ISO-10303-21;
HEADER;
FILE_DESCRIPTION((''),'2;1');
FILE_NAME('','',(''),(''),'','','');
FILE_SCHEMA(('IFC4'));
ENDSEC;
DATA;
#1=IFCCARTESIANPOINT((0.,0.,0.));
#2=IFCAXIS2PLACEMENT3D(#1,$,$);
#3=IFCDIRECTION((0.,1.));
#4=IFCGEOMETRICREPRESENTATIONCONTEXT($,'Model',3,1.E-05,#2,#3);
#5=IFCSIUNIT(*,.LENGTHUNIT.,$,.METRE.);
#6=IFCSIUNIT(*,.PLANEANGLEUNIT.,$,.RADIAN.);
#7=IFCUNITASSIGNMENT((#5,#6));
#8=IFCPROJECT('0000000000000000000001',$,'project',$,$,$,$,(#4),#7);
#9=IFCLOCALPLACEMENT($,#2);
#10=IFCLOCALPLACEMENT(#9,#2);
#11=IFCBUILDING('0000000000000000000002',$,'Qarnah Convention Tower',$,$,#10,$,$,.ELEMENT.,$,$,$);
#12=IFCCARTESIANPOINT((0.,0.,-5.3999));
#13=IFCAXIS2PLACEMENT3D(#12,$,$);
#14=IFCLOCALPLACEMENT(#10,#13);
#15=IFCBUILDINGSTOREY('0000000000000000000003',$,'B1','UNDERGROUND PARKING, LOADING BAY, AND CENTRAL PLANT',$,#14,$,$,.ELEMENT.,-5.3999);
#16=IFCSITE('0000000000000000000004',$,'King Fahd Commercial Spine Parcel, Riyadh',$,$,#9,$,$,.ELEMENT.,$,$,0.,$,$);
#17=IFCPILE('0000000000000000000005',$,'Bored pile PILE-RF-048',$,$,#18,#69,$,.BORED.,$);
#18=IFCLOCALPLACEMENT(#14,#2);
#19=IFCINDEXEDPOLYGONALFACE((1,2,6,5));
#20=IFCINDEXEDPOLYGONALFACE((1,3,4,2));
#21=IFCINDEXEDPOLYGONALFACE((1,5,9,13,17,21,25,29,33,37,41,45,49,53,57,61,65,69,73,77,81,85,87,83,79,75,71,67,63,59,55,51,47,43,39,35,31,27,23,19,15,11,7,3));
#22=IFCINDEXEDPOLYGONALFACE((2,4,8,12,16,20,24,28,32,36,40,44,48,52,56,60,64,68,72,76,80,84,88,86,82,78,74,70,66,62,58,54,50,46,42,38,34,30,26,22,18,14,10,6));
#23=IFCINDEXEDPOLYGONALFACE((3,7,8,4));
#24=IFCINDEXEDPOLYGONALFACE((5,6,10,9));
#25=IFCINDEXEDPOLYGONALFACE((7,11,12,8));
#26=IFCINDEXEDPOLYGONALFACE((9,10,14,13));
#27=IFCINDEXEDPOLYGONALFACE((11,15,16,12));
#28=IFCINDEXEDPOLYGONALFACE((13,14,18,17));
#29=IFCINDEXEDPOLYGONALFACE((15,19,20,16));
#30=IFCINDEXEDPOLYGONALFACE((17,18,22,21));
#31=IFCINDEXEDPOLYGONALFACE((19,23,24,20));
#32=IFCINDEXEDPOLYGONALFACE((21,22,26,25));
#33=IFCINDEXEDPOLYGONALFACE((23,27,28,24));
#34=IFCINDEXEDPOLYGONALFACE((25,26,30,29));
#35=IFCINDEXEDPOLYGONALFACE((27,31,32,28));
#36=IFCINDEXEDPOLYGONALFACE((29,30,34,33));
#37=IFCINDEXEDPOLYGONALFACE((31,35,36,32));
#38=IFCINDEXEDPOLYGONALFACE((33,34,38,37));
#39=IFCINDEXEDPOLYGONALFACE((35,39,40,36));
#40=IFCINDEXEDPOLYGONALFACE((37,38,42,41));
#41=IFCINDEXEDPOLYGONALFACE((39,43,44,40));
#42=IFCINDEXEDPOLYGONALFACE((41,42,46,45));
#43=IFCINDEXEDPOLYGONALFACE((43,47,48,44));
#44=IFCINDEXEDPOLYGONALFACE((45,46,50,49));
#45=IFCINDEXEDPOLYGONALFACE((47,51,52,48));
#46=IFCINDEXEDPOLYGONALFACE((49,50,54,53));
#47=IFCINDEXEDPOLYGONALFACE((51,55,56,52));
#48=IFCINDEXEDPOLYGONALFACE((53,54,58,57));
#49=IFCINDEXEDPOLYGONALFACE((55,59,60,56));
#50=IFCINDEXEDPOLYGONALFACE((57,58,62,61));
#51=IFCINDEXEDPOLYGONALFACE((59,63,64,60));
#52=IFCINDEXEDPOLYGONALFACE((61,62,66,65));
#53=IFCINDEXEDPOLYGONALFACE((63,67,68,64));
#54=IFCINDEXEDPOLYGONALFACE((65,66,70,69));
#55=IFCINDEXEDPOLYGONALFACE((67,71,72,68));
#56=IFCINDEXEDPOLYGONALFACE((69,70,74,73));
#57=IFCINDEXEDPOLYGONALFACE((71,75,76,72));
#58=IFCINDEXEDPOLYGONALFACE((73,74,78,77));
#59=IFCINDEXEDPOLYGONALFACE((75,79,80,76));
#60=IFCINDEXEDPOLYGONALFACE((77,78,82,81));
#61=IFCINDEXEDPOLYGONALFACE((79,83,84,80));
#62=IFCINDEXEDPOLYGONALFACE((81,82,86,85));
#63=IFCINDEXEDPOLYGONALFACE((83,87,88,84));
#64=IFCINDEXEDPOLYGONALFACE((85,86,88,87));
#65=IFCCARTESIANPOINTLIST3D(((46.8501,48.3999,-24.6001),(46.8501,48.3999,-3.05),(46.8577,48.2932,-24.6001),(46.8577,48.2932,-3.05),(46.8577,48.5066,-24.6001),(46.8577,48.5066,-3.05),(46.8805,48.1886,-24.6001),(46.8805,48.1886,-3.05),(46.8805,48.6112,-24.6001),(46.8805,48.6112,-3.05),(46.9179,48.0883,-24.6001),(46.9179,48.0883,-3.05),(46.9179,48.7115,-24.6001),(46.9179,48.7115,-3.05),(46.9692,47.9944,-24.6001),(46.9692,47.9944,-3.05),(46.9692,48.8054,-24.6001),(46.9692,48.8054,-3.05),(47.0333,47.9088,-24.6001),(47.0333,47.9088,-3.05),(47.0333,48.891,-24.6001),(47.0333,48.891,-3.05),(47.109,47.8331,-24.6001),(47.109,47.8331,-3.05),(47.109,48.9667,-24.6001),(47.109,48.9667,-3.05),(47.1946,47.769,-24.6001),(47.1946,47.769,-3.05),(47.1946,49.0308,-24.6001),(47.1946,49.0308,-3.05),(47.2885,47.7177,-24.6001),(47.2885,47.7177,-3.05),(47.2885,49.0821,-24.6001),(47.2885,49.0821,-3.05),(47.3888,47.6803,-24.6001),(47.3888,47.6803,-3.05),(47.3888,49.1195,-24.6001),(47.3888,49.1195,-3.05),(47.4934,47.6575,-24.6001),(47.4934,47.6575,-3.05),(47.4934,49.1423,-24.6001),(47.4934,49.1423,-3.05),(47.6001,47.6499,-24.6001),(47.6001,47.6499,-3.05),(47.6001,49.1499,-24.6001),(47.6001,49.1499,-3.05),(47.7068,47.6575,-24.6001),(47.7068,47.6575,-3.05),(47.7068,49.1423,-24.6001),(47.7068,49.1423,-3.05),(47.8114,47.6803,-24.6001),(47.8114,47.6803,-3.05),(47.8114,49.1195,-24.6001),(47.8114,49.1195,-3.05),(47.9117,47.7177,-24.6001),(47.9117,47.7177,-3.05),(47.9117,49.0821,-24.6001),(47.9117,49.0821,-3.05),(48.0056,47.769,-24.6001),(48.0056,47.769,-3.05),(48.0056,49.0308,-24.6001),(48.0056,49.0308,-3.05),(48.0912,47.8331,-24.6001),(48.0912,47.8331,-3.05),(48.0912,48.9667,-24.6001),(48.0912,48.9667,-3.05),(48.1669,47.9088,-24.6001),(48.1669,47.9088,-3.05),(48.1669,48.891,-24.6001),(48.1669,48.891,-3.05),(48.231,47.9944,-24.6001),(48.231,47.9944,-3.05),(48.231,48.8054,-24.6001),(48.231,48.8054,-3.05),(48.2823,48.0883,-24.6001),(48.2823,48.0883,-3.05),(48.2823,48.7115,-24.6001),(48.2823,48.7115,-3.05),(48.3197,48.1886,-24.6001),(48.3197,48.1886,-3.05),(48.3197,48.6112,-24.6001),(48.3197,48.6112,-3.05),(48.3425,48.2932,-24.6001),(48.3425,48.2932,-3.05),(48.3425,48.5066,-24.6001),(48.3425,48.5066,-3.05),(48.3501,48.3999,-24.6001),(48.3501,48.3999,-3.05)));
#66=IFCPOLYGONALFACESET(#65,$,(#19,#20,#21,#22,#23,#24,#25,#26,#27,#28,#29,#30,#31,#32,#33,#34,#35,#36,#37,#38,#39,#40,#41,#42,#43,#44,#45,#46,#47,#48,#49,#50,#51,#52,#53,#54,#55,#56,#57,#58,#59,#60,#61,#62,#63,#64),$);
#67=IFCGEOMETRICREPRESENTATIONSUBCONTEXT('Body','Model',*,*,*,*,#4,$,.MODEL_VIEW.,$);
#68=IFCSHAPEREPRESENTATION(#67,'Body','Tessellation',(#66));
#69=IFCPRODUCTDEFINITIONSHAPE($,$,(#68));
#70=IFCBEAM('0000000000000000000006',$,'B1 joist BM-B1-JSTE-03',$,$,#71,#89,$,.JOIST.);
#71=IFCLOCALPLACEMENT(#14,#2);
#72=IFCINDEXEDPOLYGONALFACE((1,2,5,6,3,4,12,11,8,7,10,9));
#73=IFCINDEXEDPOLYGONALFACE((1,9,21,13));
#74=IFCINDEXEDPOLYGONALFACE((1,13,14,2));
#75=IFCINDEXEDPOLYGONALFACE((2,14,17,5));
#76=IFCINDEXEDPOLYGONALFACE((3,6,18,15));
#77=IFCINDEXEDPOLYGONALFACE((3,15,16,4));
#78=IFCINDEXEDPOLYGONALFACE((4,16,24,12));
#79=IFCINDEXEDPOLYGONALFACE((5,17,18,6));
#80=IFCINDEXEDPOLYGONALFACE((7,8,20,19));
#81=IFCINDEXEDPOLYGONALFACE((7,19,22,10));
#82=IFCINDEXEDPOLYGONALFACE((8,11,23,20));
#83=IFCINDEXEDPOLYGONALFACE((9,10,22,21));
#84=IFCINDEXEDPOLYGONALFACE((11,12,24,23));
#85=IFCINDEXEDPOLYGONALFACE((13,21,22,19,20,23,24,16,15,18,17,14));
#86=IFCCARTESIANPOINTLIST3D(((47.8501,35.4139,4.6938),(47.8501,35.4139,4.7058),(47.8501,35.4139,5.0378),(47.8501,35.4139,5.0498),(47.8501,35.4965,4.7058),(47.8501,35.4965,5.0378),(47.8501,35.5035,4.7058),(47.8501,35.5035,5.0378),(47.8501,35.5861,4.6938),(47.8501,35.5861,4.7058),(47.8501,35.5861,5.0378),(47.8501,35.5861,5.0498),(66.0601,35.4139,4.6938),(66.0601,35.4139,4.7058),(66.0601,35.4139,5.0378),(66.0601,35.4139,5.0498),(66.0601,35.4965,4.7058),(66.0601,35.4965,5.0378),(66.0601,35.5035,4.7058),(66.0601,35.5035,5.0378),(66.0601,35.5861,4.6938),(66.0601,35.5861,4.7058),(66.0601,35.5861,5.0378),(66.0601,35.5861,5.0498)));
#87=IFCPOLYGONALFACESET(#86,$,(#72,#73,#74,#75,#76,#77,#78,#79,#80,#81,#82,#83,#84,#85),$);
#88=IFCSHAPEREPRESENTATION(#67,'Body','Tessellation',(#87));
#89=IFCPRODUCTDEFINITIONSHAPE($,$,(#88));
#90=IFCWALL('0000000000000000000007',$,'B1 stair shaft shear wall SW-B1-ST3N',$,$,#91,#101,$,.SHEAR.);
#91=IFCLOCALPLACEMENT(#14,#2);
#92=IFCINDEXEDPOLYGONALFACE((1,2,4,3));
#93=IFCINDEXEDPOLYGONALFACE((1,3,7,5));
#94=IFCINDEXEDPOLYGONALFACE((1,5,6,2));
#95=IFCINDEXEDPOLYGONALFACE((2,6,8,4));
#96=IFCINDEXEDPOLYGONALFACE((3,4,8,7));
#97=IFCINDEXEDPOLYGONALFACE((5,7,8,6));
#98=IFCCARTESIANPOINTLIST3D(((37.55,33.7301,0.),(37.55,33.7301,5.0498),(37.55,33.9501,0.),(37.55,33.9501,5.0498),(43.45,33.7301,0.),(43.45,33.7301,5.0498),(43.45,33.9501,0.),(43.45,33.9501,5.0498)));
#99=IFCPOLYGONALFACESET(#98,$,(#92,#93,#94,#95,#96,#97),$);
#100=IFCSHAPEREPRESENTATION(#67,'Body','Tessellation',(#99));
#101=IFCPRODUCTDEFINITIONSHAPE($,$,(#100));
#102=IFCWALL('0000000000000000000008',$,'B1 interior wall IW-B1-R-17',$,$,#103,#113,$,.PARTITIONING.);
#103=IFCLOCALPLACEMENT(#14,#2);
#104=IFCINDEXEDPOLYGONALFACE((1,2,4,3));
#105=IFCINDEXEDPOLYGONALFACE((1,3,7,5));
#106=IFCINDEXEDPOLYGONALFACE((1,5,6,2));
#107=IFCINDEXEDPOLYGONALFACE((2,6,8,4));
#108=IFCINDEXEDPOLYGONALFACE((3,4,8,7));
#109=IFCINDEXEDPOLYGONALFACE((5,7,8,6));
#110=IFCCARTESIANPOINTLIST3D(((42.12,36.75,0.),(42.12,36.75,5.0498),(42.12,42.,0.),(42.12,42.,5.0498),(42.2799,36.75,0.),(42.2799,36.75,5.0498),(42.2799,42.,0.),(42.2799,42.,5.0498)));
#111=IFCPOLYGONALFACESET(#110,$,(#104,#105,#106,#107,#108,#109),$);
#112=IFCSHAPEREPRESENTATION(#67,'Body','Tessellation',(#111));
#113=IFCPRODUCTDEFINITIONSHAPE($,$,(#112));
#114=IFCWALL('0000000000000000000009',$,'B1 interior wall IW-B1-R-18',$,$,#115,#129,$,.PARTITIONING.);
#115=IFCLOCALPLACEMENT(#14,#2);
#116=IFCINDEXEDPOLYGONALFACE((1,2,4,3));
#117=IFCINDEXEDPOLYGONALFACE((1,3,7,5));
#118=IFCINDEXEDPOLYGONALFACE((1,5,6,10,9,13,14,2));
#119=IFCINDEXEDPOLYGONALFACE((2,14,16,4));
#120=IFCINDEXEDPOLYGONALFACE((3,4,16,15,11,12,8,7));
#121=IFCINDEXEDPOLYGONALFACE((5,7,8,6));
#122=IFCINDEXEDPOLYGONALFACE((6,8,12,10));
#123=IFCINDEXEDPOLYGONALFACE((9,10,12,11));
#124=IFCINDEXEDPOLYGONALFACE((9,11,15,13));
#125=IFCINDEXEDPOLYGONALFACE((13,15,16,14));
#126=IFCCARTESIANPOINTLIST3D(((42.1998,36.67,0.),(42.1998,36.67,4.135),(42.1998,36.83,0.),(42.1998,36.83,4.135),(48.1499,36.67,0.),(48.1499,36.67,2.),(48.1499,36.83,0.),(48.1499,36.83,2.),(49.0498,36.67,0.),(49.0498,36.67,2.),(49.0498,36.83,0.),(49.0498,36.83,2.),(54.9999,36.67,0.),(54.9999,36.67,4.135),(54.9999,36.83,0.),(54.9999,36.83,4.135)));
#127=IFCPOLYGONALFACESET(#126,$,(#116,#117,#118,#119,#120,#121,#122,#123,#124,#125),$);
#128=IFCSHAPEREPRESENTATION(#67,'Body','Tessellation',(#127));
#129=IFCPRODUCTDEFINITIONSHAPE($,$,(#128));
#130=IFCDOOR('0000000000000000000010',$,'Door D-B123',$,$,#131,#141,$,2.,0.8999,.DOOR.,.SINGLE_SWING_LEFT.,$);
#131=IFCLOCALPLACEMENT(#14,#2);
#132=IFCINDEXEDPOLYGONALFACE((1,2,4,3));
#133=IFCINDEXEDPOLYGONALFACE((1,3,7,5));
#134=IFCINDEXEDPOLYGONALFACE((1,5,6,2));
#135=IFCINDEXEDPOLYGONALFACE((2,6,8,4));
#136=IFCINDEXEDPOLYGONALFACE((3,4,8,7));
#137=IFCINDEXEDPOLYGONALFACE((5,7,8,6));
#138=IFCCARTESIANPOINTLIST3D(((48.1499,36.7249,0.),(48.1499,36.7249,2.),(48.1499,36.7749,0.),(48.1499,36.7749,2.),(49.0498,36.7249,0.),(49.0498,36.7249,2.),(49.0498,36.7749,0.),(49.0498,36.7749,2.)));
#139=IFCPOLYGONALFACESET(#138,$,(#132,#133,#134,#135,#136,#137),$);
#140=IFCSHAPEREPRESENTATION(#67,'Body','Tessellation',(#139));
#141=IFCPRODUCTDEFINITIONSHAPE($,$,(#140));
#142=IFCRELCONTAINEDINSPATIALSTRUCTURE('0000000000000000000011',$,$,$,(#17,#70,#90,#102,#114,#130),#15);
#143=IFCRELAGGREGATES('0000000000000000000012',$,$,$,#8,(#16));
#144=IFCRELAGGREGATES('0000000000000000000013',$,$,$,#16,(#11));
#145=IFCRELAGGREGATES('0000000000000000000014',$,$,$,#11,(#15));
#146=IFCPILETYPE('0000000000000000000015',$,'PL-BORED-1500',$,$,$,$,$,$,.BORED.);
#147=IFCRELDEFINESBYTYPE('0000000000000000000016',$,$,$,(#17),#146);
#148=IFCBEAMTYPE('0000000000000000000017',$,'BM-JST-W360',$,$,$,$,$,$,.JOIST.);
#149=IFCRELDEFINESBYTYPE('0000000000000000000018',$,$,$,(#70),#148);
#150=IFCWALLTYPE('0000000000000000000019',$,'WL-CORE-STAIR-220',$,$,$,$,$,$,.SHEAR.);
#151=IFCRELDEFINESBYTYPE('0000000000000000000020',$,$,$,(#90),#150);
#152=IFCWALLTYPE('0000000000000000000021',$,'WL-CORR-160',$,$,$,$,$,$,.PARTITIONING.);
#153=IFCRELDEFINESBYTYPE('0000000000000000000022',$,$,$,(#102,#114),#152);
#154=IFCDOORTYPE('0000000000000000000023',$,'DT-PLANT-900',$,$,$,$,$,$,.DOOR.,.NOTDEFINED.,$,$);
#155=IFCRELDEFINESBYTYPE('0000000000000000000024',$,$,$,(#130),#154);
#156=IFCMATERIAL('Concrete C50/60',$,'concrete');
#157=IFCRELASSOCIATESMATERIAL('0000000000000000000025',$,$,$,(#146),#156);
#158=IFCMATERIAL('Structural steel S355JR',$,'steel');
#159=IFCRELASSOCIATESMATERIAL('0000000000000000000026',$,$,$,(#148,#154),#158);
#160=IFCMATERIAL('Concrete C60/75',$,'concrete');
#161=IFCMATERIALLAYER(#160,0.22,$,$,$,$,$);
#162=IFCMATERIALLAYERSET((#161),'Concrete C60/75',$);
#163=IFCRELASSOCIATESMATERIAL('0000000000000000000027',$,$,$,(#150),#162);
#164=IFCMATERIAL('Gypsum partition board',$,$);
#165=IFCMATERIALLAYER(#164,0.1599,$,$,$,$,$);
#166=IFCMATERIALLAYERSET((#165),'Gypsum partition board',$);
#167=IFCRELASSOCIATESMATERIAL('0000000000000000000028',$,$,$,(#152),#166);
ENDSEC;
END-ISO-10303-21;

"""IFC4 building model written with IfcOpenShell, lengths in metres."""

from ifc_helpers import new_model, si_unit, direction, frame, frame_2d, origin, origin_2d, place, context, subcontext, project, spatial, rectangle, circle, i_section, extrude, material, layer, layer_set, material_profile, profile_set, type_object, element, fill, save


model = new_model("IFC4")

# Units and contexts
model_context = context("Model", 3, precision=1e-05, world=origin(), true_north=direction((0.0, 1.0)))
body_context = subcontext(model_context, "Body", "Model", "MODEL_VIEW")
ifc_project = project(units=[si_unit("LENGTHUNIT", "METRE"), si_unit("PLANEANGLEUNIT", "RADIAN")], contexts=[model_context])

# Site, building, storey
site_placement = place(None, origin())
site = spatial("IfcSite", under=ifc_project, at=site_placement, Name="King Fahd Commercial Spine Parcel, Riyadh", CompositionType="ELEMENT", RefElevation=0.0)
building_placement = place(site_placement, origin())
building = spatial("IfcBuilding", under=site, at=building_placement, Name="Qarnah Convention Tower", CompositionType="ELEMENT")
storey_placement = place(building_placement, frame((0.0, 0.0, -5.3999)))
storey = spatial("IfcBuildingStorey", under=building, at=storey_placement, Name="B1", Description="UNDERGROUND PARKING, LOADING BAY, AND CENTRAL PLANT", CompositionType="ELEMENT", Elevation=-5.3999)

# Pile
ifc_material_1 = material(Name="Concrete C50/60", Category="concrete")
ifc_material_profile_1 = material_profile(ifc_material_1, circle(Radius=0.75, at=origin_2d()), Name="PILE-D1500")
ifc_profile_set_1 = profile_set([ifc_material_profile_1], Name="Concrete C50/60")
pile_type = type_object("IfcPileType", Name="PL-BORED-1500", PredefinedType="BORED", material=ifc_profile_set_1)
for number, where, z_axis, x_axis, name in (
    (1, (47.6001, 48.3999, -3.05), (0.0, 0.0, -1.0), (1.0, 0.0, 0.0), "Bored pile PILE-RF-048"),
):
    element("IfcPile", number, at=place(storey_placement, frame(where, z_axis=z_axis, x_axis=x_axis)), inside=storey, type_object=pile_type, Name=name, PredefinedType="BORED", context=body_context, shape_type="SweptSolid", body=[
        extrude(circle(Radius=0.75, at=origin_2d()), origin(), (0.0, 0.0, 1.0), 21.55),
    ])

# Beam
ifc_material_2 = material(Name="Structural steel S355JR", Category="steel")
ifc_material_profile_2 = material_profile(ifc_material_2, i_section(OverallWidth=0.1721, OverallDepth=0.356, WebThickness=0.0071, FlangeThickness=0.012, at=origin_2d()), Name="W360X51")
ifc_profile_set_2 = profile_set([ifc_material_profile_2], Name="Structural steel S355JR")
beam_type = type_object("IfcBeamType", Name="BM-JST-W360", PredefinedType="JOIST", material=ifc_profile_set_2)
beam_placement = place(storey_placement, frame((47.8501, 35.5, 4.8718), z_axis=(1.0, 0.0, 0.0), x_axis=(0.0, 1.0, 0.0)))
element("IfcBeam", 2, at=beam_placement, inside=storey, type_object=beam_type, Name="B1 joist BM-B1-JSTE-03", PredefinedType="JOIST", context=body_context, shape_type="SweptSolid", body=[
    extrude(i_section(OverallWidth=0.1721, OverallDepth=0.356, WebThickness=0.0071, FlangeThickness=0.012, at=origin_2d()), origin(), (0.0, 0.0, 1.0), 18.21),
])

# Walls
ifc_material_3 = material(Name="Concrete C60/75", Category="concrete")
ifc_layer_1 = layer(ifc_material_3, 0.22)
ifc_layer_set_1 = layer_set([ifc_layer_1], Name="Concrete C60/75")
wall_type_1 = type_object("IfcWallType", Name="WL-CORE-STAIR-220", PredefinedType="SHEAR", material=ifc_layer_set_1)
wall_1_placement = place(storey_placement, frame((37.55, 33.8401, 0.0), z_axis=(0.0, 0.0, 1.0), x_axis=(1.0, 0.0, 0.0)))
element("IfcWall", 3, at=wall_1_placement, inside=storey, type_object=wall_type_1, Name="B1 stair shaft shear wall SW-B1-ST3N", PredefinedType="SHEAR", context=body_context, shape_type="SweptSolid", body=[
    extrude(rectangle(XDim=5.8999, YDim=0.22, at=frame_2d((2.95, 0.0))), origin(), (0.0, 0.0, 1.0), 5.0498),
])
ifc_material_4 = material(Name="Gypsum partition board")
ifc_layer_2 = layer(ifc_material_4, 0.1599)
ifc_layer_set_2 = layer_set([ifc_layer_2], Name="Gypsum partition board")
wall_type_2 = type_object("IfcWallType", Name="WL-CORR-160", PredefinedType="PARTITIONING", material=ifc_layer_set_2)
wall_2_placement = place(storey_placement, frame((42.2, 42.0, 0.0), z_axis=(0.0, 0.0, 1.0), x_axis=(0.0, -1.0, 0.0)))
element("IfcWall", 4, at=wall_2_placement, inside=storey, type_object=wall_type_2, Name="B1 interior wall IW-B1-R-17", PredefinedType="PARTITIONING", context=body_context, shape_type="SweptSolid", body=[
    extrude(rectangle(XDim=5.25, YDim=0.1599, at=frame_2d((2.625, 0.0))), origin(), (0.0, 0.0, 1.0), 5.0498),
])

# Wall, opening, door
wall_3_placement = place(storey_placement, frame((42.2, 36.75, 0.0), z_axis=(0.0, 0.0, 1.0), x_axis=(1.0, 0.0, 0.0)))
wall_3 = element("IfcWall", 5, at=wall_3_placement, inside=storey, type_object=wall_type_2, Name="B1 interior wall IW-B1-R-18", PredefinedType="PARTITIONING", context=body_context, shape_type="SweptSolid", body=[
    extrude(rectangle(XDim=12.8, YDim=0.1599, at=frame_2d((6.3999, 0.0))), origin(), (0.0, 0.0, 1.0), 4.135),
])
opening_1_placement = place(wall_3_placement, frame((5.95, 0.0, 0.0)))
opening_1 = element("IfcOpeningElement", 6, at=opening_1_placement, cuts=wall_3, PredefinedType="OPENING", context=body_context, shape_type="SweptSolid", body=[
    extrude(rectangle(XDim=0.8999, YDim=2.0, at=frame_2d((0.45, 1.0))), frame((0.0, 0.0898, 0.0), z_axis=(0.0, -1.0, 0.0), x_axis=(1.0, 0.0, 0.0)), (0.0, 0.0, 1.0), 0.1799),
])
door_type_1 = type_object("IfcDoorType", Name="DT-PLANT-900", OperationType="NOTDEFINED", PredefinedType="DOOR", material=ifc_material_2)
door_1_placement = place(opening_1_placement, origin())
door_1 = element("IfcDoor", 7, at=door_1_placement, inside=storey, type_object=door_type_1, Name="Door D-B123", OperationType="SINGLE_SWING_LEFT", OverallHeight=2.0, OverallWidth=0.8999, PredefinedType="DOOR", context=body_context, shape_type="SweptSolid", body=[
    extrude(rectangle(XDim=0.8999, YDim=2.0, at=frame_2d((0.45, 1.0))), frame((0.0, 0.0249, 0.0), z_axis=(0.0, -1.0, 0.0), x_axis=(1.0, 0.0, 0.0)), (0.0, 0.0, 1.0), 0.05),
])
fill(opening_1, door_1)

save(model, "model.ifc")
